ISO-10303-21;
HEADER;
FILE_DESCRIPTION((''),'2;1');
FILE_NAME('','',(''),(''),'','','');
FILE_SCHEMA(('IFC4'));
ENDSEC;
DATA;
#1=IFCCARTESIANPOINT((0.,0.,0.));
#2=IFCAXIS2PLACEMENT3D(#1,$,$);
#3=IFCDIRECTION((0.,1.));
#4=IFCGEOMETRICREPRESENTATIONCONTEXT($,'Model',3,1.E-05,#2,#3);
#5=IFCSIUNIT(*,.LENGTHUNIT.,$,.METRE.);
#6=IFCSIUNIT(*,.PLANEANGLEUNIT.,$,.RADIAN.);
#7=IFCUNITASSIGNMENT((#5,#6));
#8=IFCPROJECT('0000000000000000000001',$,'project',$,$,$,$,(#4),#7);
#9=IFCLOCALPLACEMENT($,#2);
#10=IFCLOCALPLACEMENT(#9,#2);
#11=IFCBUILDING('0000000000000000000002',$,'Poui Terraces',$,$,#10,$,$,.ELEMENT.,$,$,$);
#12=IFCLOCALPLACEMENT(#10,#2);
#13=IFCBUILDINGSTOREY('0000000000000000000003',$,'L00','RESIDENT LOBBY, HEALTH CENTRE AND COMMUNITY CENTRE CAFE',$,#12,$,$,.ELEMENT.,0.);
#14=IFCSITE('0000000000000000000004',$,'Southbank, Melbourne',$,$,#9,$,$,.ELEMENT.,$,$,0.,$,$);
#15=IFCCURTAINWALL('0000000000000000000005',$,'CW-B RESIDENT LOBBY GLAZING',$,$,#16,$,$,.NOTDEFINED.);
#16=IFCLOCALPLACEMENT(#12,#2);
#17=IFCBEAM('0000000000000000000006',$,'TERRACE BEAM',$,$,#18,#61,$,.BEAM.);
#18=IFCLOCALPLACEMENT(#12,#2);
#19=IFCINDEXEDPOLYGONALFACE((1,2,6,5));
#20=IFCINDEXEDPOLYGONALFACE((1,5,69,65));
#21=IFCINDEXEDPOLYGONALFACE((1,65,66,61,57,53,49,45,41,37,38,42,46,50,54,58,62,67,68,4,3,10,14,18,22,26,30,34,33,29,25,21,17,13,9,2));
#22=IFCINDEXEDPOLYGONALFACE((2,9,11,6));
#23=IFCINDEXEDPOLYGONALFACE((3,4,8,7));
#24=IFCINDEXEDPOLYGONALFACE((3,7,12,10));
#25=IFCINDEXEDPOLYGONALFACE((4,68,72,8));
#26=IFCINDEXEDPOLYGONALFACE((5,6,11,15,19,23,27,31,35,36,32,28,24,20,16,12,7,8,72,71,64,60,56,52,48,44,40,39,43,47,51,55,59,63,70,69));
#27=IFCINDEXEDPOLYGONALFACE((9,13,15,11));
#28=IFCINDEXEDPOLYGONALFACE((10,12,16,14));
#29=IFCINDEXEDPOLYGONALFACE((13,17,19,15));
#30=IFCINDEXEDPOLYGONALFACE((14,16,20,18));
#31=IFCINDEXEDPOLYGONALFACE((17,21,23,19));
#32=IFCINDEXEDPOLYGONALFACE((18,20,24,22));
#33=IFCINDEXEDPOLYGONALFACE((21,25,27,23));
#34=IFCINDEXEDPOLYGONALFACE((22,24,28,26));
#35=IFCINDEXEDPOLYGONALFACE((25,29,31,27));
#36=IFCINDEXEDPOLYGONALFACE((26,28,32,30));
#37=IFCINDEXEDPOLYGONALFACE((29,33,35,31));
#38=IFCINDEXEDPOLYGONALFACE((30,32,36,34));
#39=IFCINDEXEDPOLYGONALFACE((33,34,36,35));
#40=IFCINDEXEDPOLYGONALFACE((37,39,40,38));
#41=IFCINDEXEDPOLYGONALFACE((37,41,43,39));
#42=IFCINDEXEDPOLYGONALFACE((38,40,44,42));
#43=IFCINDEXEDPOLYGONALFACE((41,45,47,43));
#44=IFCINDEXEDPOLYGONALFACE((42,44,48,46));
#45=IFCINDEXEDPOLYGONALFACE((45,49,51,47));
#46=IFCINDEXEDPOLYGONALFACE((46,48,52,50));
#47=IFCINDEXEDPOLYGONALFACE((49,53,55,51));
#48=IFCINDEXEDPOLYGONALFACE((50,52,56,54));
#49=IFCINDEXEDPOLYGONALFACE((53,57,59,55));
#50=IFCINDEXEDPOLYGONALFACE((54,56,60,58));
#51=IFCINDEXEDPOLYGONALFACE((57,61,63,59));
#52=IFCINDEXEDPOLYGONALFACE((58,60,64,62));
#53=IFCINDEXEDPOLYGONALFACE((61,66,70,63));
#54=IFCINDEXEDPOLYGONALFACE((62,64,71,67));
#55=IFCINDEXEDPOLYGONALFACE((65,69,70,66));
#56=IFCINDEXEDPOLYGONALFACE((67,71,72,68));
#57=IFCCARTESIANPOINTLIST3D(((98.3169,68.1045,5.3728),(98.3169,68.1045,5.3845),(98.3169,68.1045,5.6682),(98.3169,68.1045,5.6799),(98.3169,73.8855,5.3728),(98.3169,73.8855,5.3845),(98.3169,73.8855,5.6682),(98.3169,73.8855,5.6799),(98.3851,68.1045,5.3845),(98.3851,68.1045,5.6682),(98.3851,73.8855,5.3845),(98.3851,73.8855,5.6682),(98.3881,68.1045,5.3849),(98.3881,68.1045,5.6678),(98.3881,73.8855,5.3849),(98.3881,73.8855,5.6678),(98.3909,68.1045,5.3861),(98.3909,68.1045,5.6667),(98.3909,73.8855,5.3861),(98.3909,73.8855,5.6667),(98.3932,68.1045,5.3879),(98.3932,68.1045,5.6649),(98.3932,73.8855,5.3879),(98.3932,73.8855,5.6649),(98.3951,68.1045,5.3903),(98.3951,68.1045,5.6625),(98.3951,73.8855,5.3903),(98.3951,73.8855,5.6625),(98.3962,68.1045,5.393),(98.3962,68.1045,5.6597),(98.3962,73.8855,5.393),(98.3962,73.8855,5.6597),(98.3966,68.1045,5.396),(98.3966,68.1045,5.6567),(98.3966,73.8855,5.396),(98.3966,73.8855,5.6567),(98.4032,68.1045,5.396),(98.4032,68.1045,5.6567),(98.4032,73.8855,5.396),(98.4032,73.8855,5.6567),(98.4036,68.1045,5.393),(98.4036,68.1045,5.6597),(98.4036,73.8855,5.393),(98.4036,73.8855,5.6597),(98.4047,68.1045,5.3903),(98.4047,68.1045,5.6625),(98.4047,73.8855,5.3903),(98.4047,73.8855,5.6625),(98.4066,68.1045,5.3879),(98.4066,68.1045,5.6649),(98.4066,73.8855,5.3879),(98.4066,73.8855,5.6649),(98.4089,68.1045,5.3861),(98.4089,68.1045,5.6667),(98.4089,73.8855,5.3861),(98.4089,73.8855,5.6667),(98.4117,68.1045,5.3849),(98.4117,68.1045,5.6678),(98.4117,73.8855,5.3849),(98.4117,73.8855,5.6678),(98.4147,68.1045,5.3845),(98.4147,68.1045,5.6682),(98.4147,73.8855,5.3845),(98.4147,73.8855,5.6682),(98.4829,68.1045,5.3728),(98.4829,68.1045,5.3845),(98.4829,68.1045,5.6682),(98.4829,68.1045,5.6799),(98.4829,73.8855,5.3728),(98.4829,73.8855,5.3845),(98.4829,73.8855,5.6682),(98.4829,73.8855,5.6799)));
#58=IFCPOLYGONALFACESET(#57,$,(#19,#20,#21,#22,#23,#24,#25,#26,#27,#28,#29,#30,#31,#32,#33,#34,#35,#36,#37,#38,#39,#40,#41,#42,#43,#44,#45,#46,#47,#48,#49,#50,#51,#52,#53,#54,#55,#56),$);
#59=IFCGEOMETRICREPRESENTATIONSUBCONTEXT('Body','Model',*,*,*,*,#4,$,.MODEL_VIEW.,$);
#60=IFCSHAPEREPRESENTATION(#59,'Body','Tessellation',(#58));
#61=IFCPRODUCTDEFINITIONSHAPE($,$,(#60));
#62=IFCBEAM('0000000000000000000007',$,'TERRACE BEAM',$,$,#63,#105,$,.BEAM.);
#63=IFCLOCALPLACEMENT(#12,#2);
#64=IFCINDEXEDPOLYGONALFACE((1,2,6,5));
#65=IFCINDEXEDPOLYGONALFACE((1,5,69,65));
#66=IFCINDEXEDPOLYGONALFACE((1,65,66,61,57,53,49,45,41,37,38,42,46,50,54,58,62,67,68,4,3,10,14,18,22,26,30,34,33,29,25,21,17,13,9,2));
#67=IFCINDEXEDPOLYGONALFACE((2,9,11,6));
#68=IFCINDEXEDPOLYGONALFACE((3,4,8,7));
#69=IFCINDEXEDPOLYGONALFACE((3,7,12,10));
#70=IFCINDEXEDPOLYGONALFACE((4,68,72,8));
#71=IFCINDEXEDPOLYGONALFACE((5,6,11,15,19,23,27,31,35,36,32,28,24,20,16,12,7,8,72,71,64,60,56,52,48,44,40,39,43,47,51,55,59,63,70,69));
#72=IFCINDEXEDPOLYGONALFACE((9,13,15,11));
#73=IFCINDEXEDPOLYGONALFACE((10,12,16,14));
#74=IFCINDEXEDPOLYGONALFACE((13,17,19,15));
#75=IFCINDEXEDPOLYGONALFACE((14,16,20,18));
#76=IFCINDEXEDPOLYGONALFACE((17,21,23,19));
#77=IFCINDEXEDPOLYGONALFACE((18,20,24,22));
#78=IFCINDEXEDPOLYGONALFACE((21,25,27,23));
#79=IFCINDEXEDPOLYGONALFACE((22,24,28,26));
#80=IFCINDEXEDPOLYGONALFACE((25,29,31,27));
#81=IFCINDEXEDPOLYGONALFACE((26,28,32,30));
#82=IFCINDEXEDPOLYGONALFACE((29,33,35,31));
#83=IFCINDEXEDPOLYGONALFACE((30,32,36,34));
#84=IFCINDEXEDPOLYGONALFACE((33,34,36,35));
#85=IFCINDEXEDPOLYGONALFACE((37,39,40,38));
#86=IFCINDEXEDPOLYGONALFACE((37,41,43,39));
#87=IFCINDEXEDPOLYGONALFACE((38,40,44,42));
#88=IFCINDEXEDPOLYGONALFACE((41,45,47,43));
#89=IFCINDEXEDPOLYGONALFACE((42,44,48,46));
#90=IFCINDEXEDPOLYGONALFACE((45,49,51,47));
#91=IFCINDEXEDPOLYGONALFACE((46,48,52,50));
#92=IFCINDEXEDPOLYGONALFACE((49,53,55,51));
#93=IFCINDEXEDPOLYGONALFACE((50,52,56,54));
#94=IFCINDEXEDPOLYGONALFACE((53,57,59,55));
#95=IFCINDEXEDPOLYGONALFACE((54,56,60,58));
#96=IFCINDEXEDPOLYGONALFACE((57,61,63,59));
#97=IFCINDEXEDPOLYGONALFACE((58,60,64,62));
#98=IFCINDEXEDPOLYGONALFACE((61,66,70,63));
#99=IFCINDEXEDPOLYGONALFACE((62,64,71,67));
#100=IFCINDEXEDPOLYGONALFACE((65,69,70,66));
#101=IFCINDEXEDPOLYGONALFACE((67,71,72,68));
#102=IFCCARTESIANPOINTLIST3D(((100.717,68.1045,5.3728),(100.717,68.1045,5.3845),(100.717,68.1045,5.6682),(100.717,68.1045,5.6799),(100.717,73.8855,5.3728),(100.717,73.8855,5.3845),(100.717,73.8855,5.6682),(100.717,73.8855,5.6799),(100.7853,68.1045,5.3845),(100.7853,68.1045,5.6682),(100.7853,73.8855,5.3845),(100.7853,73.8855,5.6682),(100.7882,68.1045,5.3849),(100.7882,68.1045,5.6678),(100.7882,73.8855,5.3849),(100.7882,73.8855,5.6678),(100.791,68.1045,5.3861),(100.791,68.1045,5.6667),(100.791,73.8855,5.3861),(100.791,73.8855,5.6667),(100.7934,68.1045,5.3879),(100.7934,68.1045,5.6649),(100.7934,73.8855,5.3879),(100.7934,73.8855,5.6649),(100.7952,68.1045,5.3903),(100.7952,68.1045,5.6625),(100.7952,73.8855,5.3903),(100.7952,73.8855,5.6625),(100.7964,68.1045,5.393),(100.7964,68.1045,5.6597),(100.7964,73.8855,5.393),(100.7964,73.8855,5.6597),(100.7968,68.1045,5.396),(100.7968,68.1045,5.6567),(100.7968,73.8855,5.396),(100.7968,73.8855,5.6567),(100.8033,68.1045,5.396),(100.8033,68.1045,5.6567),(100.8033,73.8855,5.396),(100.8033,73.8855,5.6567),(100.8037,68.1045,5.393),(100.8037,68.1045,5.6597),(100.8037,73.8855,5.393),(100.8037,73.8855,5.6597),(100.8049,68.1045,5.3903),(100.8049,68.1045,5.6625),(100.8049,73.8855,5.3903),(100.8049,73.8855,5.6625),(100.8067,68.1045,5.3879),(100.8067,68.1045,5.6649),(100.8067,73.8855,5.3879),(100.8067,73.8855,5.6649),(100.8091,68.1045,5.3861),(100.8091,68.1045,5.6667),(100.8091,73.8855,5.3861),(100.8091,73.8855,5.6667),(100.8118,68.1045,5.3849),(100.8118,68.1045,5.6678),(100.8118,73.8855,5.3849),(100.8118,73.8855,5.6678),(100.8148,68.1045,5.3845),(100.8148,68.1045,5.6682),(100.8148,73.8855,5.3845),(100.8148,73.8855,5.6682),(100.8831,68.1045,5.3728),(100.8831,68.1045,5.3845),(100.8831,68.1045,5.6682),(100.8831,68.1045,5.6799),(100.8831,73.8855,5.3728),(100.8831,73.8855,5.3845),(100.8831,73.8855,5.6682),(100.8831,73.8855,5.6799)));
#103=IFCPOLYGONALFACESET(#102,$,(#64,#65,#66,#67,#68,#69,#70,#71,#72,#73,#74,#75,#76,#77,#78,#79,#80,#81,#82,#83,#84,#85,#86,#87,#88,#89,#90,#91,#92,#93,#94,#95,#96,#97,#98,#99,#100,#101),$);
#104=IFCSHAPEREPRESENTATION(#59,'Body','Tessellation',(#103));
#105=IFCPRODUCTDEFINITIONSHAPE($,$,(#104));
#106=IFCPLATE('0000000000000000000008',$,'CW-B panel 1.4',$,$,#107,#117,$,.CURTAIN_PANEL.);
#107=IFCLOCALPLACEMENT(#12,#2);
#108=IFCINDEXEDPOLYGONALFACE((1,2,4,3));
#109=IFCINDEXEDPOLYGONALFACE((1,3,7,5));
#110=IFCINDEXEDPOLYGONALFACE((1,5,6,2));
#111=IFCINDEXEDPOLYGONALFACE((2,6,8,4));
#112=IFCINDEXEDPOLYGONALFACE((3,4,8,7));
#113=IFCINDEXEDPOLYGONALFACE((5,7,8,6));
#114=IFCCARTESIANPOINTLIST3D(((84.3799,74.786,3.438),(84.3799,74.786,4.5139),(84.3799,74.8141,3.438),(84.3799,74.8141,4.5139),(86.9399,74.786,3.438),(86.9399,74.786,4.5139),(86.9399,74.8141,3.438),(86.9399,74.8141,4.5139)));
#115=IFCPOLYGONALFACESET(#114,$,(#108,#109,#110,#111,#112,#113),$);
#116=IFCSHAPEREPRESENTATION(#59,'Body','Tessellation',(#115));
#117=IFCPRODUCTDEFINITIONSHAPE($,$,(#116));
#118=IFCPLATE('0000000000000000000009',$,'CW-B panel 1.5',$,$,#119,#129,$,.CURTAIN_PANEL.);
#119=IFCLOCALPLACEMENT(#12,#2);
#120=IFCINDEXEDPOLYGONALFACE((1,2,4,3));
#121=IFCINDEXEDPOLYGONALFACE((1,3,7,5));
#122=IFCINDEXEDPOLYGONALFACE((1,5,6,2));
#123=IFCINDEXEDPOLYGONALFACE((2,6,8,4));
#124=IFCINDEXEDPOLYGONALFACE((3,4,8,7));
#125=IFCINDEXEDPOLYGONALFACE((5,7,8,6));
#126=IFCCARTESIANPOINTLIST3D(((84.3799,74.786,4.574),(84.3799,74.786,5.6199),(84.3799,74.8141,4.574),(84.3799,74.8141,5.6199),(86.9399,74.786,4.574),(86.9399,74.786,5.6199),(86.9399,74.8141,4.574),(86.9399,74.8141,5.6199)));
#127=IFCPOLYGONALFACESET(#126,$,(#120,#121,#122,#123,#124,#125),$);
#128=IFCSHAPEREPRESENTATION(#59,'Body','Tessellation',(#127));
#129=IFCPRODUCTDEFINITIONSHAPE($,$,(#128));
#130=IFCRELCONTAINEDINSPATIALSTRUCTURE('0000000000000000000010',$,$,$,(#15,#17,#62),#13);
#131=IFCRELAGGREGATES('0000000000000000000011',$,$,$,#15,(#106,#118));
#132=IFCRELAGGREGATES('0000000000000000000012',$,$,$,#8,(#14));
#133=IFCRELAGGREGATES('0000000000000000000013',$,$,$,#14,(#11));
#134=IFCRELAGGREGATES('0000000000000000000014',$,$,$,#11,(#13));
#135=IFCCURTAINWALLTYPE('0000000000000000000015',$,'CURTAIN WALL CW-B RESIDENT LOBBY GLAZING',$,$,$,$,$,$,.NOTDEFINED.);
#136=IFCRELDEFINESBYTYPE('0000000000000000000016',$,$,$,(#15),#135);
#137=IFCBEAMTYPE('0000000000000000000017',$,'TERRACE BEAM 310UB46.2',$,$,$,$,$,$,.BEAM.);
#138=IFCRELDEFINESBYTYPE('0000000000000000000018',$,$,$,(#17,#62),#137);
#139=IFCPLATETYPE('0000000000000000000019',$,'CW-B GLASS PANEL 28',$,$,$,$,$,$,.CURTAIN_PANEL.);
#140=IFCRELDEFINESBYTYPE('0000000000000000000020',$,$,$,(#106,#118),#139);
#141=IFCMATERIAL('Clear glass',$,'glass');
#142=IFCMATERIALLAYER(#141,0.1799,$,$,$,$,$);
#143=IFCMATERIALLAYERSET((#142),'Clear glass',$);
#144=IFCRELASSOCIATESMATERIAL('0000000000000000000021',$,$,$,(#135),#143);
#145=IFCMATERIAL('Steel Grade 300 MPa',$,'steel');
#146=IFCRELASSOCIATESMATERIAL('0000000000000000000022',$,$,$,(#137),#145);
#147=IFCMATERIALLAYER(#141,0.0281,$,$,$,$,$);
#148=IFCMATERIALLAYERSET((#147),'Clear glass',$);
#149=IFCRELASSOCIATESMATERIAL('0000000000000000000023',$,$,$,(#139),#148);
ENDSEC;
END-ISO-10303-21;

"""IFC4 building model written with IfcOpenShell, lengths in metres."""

from ifc_helpers import new_model, si_unit, direction, frame, origin, origin_2d, place, context, subcontext, project, spatial, rectangle, i_section, extrude, source, transform, mapped, material, layer, layer_set, material_profile, profile_set, type_object, element, aggregate, save


model = new_model("IFC4")

# Units and contexts
model_context = context("Model", 3, precision=1e-05, world=origin(), true_north=direction((0.0, 1.0)))
body_context = subcontext(model_context, "Body", "Model", "MODEL_VIEW")
ifc_project = project(units=[si_unit("LENGTHUNIT", "METRE"), si_unit("PLANEANGLEUNIT", "RADIAN")], contexts=[model_context])

# Site, building, storey
site_placement = place(None, origin())
site = spatial("IfcSite", under=ifc_project, at=site_placement, Name="Southbank, Melbourne", CompositionType="ELEMENT", RefElevation=0.0)
building_placement = place(site_placement, origin())
building = spatial("IfcBuilding", under=site, at=building_placement, Name="Poui Terraces", CompositionType="ELEMENT")
storey_placement = place(building_placement, origin())
storey = spatial("IfcBuildingStorey", under=building, at=storey_placement, Name="L00", Description="RESIDENT LOBBY, HEALTH CENTRE AND COMMUNITY CENTRE CAFE", CompositionType="ELEMENT", Elevation=0.0)

# Curtain wall
ifc_material_1 = material(Name="Clear glass", Category="glass")
ifc_layer_1 = layer(ifc_material_1, 0.1799)
ifc_layer_set_1 = layer_set([ifc_layer_1], Name="Clear glass")
curtain_wall_type = type_object("IfcCurtainWallType", Name="CURTAIN WALL CW-B RESIDENT LOBBY GLAZING", PredefinedType="NOTDEFINED", material=ifc_layer_set_1)
curtain_wall_placement = place(storey_placement, origin())
curtain_wall = element("IfcCurtainWall", 1, at=curtain_wall_placement, inside=storey, type_object=curtain_wall_type, Name="CW-B RESIDENT LOBBY GLAZING", PredefinedType="NOTDEFINED")

# Beams
ifc_material_2 = material(Name="Steel Grade 300 MPa", Category="steel")
ifc_material_profile_1 = material_profile(ifc_material_2, i_section(OverallWidth=0.166, OverallDepth=0.3071, WebThickness=0.0066, FlangeThickness=0.0117, FilletRadius=0.0115, at=origin_2d()), Name="310UB46.2")
ifc_profile_set_1 = profile_set([ifc_material_profile_1], Name="Steel Grade 300 MPa")
beam_type_1 = type_object("IfcBeamType", Name="TERRACE BEAM 310UB46.2", PredefinedType="BEAM", material=ifc_profile_set_1)
shared_shape_1 = source(origin(), body_context, "Body", "SweptSolid", [
    extrude(i_section(OverallWidth=0.166, OverallDepth=0.3071, WebThickness=0.0066, FlangeThickness=0.0117, FilletRadius=0.0115, at=origin_2d()), origin(), (0.0, 0.0, 1.0), 5.781),
])
for number, where, z_axis, x_axis, name in (
    (2, (98.3999, 68.1045, 5.5264), (0.0, 1.0, 0.0), (-1.0, 0.0, 0.0), "TERRACE BEAM"),
    (3, (100.8, 68.1045, 5.5264), (0.0, 1.0, 0.0), (-1.0, 0.0, 0.0), "TERRACE BEAM"),
):
    element("IfcBeam", number, at=place(storey_placement, frame(where, z_axis=z_axis, x_axis=x_axis)), inside=storey, type_object=beam_type_1, Name=name, PredefinedType="BEAM", context=body_context, shape_type="MappedRepresentation", body=[
        mapped(shared_shape_1, transform((0.0, 0.0, 0.0))),
    ])

# Plates
ifc_layer_2 = layer(ifc_material_1, 0.0281)
ifc_layer_set_2 = layer_set([ifc_layer_2], Name="Clear glass")
plate_type = type_object("IfcPlateType", Name="CW-B GLASS PANEL 28", PredefinedType="CURTAIN_PANEL", material=ifc_layer_set_2)
plate_1_placement = place(storey_placement, frame((85.6599, 74.8, 3.438), z_axis=(0.0, 0.0, 1.0), x_axis=(-1.0, 0.0, 0.0)))
plate_1 = element("IfcPlate", 4, at=plate_1_placement, type_object=plate_type, Name="CW-B panel 1.4", PredefinedType="CURTAIN_PANEL", context=body_context, shape_type="SweptSolid", body=[
    extrude(rectangle(XDim=2.5601, YDim=0.0281, at=origin_2d()), origin(), (0.0, 0.0, 1.0), 1.0759),
])
plate_2_placement = place(storey_placement, frame((85.6599, 74.8, 4.574), z_axis=(0.0, 0.0, 1.0), x_axis=(-1.0, 0.0, 0.0)))
plate_2 = element("IfcPlate", 5, at=plate_2_placement, type_object=plate_type, Name="CW-B panel 1.5", PredefinedType="CURTAIN_PANEL", context=body_context, shape_type="SweptSolid", body=[
    extrude(rectangle(XDim=2.5601, YDim=0.0281, at=origin_2d()), origin(), (0.0, 0.0, 1.0), 1.0459),
])
aggregate(curtain_wall, [plate_1, plate_2])

save(model, "model.ifc")
